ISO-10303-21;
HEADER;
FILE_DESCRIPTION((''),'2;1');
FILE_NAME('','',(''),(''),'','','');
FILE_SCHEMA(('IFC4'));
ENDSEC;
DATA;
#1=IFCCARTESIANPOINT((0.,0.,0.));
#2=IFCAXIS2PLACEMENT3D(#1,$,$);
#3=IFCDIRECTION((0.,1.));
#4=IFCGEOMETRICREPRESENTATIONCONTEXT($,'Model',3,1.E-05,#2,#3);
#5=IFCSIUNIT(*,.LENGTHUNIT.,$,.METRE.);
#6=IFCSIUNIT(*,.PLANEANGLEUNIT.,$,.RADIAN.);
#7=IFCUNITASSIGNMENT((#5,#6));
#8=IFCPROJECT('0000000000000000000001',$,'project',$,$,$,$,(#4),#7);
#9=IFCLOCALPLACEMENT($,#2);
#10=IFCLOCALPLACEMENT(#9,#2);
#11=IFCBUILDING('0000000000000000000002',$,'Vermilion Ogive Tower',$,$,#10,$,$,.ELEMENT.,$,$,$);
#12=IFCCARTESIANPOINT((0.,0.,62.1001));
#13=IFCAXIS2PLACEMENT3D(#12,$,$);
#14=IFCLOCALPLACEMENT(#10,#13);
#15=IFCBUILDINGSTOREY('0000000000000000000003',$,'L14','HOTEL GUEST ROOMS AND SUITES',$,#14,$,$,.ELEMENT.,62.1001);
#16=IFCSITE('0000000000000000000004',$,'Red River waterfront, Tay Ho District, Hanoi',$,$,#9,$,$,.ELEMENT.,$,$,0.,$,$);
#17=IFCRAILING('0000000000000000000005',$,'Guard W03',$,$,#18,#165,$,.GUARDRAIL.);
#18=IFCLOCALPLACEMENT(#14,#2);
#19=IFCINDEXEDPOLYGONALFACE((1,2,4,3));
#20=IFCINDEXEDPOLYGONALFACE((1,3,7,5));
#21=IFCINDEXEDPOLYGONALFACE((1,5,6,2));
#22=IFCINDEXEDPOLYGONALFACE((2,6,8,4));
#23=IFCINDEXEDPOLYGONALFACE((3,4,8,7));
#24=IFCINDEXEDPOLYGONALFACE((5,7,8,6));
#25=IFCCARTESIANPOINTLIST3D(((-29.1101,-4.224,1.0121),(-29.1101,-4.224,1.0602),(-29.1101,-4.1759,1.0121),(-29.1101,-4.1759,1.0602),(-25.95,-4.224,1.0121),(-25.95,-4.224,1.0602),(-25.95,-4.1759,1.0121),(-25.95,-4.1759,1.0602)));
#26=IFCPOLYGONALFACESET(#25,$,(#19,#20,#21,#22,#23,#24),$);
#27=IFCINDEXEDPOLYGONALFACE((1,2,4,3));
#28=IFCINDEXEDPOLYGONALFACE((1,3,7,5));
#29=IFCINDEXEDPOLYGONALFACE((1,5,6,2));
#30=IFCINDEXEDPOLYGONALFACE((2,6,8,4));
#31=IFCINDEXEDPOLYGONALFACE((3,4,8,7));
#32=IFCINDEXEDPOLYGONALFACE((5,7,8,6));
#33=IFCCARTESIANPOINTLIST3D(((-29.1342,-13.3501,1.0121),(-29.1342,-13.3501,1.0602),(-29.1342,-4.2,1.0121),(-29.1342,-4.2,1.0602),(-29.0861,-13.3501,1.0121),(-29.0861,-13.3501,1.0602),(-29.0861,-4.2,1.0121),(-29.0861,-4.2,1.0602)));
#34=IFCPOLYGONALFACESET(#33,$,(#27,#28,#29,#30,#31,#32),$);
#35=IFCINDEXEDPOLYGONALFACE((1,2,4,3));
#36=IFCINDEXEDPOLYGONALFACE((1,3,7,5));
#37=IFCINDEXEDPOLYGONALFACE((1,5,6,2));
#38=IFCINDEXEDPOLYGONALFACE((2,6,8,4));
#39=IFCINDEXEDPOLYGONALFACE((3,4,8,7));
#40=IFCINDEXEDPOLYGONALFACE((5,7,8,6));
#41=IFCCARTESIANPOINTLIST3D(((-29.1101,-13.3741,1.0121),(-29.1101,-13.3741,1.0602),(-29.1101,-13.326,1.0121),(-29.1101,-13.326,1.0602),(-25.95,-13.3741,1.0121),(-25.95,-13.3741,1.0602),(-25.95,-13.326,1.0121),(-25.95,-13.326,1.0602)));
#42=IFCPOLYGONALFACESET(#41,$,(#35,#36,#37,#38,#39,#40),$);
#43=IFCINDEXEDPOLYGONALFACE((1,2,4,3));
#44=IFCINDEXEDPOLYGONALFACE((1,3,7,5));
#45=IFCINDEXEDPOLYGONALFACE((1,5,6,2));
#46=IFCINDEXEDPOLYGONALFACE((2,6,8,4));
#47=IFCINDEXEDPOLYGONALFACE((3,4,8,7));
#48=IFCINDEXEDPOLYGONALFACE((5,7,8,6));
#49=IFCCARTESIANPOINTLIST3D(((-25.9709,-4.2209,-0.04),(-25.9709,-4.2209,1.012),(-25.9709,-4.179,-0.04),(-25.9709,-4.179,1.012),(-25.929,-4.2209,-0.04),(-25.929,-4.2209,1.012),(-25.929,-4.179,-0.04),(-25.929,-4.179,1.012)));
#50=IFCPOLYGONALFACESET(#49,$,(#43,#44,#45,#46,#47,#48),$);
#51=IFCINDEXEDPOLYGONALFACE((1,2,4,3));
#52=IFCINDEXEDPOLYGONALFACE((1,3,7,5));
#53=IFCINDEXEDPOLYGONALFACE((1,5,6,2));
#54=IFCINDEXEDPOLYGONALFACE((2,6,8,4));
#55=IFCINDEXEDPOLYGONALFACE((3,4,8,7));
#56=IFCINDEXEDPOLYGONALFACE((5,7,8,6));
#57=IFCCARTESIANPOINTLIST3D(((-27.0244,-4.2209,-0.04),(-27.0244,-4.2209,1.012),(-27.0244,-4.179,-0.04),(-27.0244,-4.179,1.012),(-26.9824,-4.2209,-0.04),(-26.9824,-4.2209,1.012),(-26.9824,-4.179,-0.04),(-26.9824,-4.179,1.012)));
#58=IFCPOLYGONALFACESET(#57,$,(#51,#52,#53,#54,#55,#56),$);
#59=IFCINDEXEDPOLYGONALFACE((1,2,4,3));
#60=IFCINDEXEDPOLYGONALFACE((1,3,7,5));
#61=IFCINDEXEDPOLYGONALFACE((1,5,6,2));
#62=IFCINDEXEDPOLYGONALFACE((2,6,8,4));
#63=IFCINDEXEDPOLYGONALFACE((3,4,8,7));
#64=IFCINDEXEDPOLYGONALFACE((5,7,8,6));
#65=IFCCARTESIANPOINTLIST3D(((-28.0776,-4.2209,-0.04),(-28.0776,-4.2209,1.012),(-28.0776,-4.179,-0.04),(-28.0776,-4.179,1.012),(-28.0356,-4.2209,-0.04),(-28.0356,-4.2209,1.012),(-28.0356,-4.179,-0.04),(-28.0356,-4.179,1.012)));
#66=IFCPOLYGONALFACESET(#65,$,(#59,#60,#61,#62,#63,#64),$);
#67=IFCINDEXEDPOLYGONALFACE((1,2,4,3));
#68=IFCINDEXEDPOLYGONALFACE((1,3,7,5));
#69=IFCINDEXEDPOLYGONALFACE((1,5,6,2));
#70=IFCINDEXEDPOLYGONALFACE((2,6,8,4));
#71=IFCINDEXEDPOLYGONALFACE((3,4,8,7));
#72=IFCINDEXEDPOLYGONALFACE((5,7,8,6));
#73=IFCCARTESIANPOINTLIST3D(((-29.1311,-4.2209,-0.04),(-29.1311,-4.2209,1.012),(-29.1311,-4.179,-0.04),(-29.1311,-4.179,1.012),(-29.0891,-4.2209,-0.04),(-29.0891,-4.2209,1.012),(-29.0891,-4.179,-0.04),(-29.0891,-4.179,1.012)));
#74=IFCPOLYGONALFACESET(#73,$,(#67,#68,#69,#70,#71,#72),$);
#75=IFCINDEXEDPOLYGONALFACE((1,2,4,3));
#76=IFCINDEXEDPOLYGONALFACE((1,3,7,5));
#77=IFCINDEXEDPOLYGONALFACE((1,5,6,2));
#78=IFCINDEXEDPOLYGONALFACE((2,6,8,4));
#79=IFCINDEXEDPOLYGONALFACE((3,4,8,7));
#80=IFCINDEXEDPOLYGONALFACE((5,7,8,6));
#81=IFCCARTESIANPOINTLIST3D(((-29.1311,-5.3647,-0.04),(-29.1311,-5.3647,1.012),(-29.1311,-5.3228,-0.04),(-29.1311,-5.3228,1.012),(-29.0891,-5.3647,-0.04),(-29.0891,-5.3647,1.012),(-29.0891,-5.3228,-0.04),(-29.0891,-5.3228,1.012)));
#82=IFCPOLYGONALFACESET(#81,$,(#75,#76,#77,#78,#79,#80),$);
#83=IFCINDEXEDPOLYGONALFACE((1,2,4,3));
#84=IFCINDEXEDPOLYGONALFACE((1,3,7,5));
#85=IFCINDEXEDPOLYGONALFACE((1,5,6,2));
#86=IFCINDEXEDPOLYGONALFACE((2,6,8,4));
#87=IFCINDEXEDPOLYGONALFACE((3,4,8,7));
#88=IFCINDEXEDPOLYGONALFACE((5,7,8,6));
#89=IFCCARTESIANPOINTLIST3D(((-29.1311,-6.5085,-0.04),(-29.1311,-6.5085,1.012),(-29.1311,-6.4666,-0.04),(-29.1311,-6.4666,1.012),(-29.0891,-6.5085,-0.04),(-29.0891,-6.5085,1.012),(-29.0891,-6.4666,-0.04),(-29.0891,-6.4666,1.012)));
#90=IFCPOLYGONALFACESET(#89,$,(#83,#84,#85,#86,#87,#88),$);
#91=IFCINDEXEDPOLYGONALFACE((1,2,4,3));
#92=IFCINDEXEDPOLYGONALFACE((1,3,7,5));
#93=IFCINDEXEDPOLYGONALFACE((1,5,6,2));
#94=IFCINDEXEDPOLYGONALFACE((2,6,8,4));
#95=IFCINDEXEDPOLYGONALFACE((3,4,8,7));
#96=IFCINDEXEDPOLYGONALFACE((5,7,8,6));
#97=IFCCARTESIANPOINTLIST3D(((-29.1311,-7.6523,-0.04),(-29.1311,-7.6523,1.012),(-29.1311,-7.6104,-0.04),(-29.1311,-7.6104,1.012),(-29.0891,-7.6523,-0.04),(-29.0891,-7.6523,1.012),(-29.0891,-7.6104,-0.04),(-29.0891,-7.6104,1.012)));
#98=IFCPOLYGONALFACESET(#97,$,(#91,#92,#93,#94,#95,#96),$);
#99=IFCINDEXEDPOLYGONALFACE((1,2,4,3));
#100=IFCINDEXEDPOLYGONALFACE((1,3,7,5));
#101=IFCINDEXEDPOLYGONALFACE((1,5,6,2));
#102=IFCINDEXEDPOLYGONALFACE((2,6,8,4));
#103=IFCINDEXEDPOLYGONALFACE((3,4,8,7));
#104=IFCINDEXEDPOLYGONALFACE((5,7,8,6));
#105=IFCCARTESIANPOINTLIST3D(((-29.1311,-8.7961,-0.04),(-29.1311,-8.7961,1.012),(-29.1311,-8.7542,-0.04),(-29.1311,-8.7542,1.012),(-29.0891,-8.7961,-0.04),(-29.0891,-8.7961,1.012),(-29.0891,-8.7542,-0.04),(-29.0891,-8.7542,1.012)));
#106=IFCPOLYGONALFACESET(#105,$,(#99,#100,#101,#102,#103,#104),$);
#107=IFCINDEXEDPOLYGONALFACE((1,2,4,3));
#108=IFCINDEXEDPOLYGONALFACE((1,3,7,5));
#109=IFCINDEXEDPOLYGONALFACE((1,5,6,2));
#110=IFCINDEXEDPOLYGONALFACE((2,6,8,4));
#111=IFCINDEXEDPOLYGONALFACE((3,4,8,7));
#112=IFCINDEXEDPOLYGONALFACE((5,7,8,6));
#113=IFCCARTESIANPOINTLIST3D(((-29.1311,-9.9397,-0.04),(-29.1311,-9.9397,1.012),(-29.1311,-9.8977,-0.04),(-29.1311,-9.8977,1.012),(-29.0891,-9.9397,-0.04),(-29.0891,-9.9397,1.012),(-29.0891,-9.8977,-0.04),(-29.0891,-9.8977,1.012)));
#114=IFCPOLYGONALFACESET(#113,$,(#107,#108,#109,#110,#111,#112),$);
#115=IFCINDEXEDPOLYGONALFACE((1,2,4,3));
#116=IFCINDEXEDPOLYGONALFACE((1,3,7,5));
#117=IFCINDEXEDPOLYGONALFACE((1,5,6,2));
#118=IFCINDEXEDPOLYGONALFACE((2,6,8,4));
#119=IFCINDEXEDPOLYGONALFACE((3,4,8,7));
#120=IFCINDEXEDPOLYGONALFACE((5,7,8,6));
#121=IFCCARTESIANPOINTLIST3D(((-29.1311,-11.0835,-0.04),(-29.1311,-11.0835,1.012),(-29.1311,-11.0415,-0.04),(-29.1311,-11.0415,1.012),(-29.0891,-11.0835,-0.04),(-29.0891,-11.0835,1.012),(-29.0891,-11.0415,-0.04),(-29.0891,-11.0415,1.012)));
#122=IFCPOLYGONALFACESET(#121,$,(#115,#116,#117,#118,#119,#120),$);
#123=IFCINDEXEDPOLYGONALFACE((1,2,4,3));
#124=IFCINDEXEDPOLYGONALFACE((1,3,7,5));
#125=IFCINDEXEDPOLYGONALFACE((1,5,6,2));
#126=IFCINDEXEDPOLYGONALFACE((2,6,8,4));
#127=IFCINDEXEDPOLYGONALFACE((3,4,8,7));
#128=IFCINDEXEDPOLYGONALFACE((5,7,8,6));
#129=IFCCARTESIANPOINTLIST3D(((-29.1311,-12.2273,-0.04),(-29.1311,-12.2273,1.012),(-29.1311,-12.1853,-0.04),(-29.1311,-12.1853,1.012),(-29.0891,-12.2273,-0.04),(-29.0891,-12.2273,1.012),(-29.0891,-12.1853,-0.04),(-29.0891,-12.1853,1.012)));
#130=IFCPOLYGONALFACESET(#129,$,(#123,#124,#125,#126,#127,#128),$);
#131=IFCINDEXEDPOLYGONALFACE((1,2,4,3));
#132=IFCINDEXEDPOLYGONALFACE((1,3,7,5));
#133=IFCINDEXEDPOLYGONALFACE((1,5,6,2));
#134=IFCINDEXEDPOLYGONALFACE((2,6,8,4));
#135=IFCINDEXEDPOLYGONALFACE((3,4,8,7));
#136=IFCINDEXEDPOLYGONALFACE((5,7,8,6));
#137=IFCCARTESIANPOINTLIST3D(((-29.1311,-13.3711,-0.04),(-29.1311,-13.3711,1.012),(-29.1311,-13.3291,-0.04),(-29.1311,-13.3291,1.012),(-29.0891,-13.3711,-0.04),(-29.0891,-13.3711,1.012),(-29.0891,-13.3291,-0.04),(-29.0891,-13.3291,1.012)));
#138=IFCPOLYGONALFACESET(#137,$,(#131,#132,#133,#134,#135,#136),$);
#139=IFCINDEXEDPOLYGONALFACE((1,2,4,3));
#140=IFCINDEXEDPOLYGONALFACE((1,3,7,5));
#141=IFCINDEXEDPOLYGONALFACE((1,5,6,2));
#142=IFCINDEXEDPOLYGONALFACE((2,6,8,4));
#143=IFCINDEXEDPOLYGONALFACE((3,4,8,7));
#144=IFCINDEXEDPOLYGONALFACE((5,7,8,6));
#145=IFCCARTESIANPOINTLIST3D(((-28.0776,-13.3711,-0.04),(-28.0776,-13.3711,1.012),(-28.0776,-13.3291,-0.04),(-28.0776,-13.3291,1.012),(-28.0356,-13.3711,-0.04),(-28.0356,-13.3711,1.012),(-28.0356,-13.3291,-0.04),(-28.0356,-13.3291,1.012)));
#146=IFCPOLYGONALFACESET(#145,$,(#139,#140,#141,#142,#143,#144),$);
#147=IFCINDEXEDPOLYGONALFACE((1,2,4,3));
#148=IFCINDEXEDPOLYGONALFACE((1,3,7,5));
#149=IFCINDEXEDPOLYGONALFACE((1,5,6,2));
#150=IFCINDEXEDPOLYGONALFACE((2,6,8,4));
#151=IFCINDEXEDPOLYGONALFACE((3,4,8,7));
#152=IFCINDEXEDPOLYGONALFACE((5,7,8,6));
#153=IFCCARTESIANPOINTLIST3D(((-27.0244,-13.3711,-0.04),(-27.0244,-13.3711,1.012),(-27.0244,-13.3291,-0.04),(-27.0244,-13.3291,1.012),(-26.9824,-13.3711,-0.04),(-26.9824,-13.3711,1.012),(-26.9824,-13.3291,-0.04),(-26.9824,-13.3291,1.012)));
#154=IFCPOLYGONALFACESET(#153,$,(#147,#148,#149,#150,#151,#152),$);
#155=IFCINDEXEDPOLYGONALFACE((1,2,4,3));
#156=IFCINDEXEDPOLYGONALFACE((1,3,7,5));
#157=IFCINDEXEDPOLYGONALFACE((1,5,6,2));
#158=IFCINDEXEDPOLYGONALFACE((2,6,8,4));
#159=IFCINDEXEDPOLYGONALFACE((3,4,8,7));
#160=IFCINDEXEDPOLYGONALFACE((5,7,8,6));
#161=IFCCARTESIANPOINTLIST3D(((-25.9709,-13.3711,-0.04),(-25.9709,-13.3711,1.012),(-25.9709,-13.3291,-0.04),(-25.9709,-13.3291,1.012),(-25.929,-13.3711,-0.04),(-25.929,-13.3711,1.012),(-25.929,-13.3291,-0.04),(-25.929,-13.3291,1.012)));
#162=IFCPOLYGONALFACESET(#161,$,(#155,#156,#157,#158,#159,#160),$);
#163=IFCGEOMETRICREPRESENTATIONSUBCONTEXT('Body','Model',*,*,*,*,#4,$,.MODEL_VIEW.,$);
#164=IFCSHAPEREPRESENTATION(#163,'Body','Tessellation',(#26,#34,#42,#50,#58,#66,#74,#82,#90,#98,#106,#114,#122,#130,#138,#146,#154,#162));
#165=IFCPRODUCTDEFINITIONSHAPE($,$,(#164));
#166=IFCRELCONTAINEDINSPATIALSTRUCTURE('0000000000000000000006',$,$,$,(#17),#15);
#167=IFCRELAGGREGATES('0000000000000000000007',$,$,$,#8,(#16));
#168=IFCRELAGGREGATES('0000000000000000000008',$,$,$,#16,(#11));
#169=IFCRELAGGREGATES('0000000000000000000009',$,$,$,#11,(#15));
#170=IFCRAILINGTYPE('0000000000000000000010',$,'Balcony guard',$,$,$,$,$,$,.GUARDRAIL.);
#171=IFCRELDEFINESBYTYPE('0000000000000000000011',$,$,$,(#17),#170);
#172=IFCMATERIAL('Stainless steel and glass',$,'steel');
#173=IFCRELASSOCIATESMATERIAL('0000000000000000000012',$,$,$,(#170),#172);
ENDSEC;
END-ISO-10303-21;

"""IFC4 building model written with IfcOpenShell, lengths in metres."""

from ifc_helpers import new_model, si_unit, direction, frame, origin, origin_2d, place, context, subcontext, project, spatial, rectangle, extrude, material, type_object, element, save


model = new_model("IFC4")

# Units and contexts
model_context = context("Model", 3, precision=1e-05, world=origin(), true_north=direction((0.0, 1.0)))
body_context = subcontext(model_context, "Body", "Model", "MODEL_VIEW")
ifc_project = project(units=[si_unit("LENGTHUNIT", "METRE"), si_unit("PLANEANGLEUNIT", "RADIAN")], contexts=[model_context])

# Site, building, storey
site_placement = place(None, origin())
site = spatial("IfcSite", under=ifc_project, at=site_placement, Name="Red River waterfront, Tay Ho District, Hanoi", CompositionType="ELEMENT", RefElevation=0.0)
building_placement = place(site_placement, origin())
building = spatial("IfcBuilding", under=site, at=building_placement, Name="Vermilion Ogive Tower", CompositionType="ELEMENT")
storey_placement = place(building_placement, frame((0.0, 0.0, 62.1001)))
storey = spatial("IfcBuildingStorey", under=building, at=storey_placement, Name="L14", Description="HOTEL GUEST ROOMS AND SUITES", CompositionType="ELEMENT", Elevation=62.1001)

# Railing
ifc_material_1 = material(Name="Stainless steel and glass", Category="steel")
railing_type = type_object("IfcRailingType", Name="Balcony guard", PredefinedType="GUARDRAIL", material=ifc_material_1)
railing_placement = place(storey_placement, frame((-25.95, -4.2, -0.04)))
element("IfcRailing", 1, at=railing_placement, inside=storey, type_object=railing_type, Name="Guard W03", PredefinedType="GUARDRAIL", context=body_context, shape_type="SweptSolid", body=[
    extrude(rectangle(XDim=0.0481, YDim=0.0481, at=origin_2d()), frame((0.0, 0.0, 1.0762), z_axis=(-1.0, 0.0, 0.0), x_axis=(0.0, -1.0, 0.0)), (0.0, 0.0, 1.0), 3.1602),
    extrude(rectangle(XDim=0.0481, YDim=0.0481, at=origin_2d()), frame((-3.1602, 0.0, 1.0762), z_axis=(0.0, -1.0, 0.0), x_axis=(1.0, 0.0, 0.0)), (0.0, 0.0, 1.0), 9.1501),
    extrude(rectangle(XDim=0.0481, YDim=0.0481, at=origin_2d()), frame((-3.1602, -9.1501, 1.0762), z_axis=(1.0, 0.0, 0.0), x_axis=(0.0, 1.0, 0.0)), (0.0, 0.0, 1.0), 3.1602),
    extrude(rectangle(XDim=0.042, YDim=0.042, at=origin_2d()), origin(), (0.0, 0.0, 1.0), 1.052),
    extrude(rectangle(XDim=0.042, YDim=0.042, at=origin_2d()), frame((-1.0535, 0.0, 0.0)), (0.0, 0.0, 1.0), 1.052),
    extrude(rectangle(XDim=0.042, YDim=0.042, at=origin_2d()), frame((-2.1067, 0.0, 0.0)), (0.0, 0.0, 1.0), 1.052),
    extrude(rectangle(XDim=0.042, YDim=0.042, at=origin_2d()), frame((-3.1602, 0.0, 0.0)), (0.0, 0.0, 1.0), 1.052),
    extrude(rectangle(XDim=0.042, YDim=0.042, at=origin_2d()), frame((-3.1602, -1.1438, 0.0)), (0.0, 0.0, 1.0), 1.052),
    extrude(rectangle(XDim=0.042, YDim=0.042, at=origin_2d()), frame((-3.1602, -2.2876, 0.0)), (0.0, 0.0, 1.0), 1.052),
    extrude(rectangle(XDim=0.042, YDim=0.042, at=origin_2d()), frame((-3.1602, -3.4314, 0.0)), (0.0, 0.0, 1.0), 1.052),
    extrude(rectangle(XDim=0.042, YDim=0.042, at=origin_2d()), frame((-3.1602, -4.5752, 0.0)), (0.0, 0.0, 1.0), 1.052),
    extrude(rectangle(XDim=0.042, YDim=0.042, at=origin_2d()), frame((-3.1602, -5.7188, 0.0)), (0.0, 0.0, 1.0), 1.052),
    extrude(rectangle(XDim=0.042, YDim=0.042, at=origin_2d()), frame((-3.1602, -6.8625, 0.0)), (0.0, 0.0, 1.0), 1.052),
    extrude(rectangle(XDim=0.042, YDim=0.042, at=origin_2d()), frame((-3.1602, -8.0063, 0.0)), (0.0, 0.0, 1.0), 1.052),
    extrude(rectangle(XDim=0.042, YDim=0.042, at=origin_2d()), frame((-3.1602, -9.1501, 0.0)), (0.0, 0.0, 1.0), 1.052),
    extrude(rectangle(XDim=0.042, YDim=0.042, at=origin_2d()), frame((-2.1067, -9.1501, 0.0)), (0.0, 0.0, 1.0), 1.052),
    extrude(rectangle(XDim=0.042, YDim=0.042, at=origin_2d()), frame((-1.0535, -9.1501, 0.0)), (0.0, 0.0, 1.0), 1.052),
    extrude(rectangle(XDim=0.042, YDim=0.042, at=origin_2d()), frame((0.0, -9.1501, 0.0)), (0.0, 0.0, 1.0), 1.052),
])

save(model, "model.ifc")
